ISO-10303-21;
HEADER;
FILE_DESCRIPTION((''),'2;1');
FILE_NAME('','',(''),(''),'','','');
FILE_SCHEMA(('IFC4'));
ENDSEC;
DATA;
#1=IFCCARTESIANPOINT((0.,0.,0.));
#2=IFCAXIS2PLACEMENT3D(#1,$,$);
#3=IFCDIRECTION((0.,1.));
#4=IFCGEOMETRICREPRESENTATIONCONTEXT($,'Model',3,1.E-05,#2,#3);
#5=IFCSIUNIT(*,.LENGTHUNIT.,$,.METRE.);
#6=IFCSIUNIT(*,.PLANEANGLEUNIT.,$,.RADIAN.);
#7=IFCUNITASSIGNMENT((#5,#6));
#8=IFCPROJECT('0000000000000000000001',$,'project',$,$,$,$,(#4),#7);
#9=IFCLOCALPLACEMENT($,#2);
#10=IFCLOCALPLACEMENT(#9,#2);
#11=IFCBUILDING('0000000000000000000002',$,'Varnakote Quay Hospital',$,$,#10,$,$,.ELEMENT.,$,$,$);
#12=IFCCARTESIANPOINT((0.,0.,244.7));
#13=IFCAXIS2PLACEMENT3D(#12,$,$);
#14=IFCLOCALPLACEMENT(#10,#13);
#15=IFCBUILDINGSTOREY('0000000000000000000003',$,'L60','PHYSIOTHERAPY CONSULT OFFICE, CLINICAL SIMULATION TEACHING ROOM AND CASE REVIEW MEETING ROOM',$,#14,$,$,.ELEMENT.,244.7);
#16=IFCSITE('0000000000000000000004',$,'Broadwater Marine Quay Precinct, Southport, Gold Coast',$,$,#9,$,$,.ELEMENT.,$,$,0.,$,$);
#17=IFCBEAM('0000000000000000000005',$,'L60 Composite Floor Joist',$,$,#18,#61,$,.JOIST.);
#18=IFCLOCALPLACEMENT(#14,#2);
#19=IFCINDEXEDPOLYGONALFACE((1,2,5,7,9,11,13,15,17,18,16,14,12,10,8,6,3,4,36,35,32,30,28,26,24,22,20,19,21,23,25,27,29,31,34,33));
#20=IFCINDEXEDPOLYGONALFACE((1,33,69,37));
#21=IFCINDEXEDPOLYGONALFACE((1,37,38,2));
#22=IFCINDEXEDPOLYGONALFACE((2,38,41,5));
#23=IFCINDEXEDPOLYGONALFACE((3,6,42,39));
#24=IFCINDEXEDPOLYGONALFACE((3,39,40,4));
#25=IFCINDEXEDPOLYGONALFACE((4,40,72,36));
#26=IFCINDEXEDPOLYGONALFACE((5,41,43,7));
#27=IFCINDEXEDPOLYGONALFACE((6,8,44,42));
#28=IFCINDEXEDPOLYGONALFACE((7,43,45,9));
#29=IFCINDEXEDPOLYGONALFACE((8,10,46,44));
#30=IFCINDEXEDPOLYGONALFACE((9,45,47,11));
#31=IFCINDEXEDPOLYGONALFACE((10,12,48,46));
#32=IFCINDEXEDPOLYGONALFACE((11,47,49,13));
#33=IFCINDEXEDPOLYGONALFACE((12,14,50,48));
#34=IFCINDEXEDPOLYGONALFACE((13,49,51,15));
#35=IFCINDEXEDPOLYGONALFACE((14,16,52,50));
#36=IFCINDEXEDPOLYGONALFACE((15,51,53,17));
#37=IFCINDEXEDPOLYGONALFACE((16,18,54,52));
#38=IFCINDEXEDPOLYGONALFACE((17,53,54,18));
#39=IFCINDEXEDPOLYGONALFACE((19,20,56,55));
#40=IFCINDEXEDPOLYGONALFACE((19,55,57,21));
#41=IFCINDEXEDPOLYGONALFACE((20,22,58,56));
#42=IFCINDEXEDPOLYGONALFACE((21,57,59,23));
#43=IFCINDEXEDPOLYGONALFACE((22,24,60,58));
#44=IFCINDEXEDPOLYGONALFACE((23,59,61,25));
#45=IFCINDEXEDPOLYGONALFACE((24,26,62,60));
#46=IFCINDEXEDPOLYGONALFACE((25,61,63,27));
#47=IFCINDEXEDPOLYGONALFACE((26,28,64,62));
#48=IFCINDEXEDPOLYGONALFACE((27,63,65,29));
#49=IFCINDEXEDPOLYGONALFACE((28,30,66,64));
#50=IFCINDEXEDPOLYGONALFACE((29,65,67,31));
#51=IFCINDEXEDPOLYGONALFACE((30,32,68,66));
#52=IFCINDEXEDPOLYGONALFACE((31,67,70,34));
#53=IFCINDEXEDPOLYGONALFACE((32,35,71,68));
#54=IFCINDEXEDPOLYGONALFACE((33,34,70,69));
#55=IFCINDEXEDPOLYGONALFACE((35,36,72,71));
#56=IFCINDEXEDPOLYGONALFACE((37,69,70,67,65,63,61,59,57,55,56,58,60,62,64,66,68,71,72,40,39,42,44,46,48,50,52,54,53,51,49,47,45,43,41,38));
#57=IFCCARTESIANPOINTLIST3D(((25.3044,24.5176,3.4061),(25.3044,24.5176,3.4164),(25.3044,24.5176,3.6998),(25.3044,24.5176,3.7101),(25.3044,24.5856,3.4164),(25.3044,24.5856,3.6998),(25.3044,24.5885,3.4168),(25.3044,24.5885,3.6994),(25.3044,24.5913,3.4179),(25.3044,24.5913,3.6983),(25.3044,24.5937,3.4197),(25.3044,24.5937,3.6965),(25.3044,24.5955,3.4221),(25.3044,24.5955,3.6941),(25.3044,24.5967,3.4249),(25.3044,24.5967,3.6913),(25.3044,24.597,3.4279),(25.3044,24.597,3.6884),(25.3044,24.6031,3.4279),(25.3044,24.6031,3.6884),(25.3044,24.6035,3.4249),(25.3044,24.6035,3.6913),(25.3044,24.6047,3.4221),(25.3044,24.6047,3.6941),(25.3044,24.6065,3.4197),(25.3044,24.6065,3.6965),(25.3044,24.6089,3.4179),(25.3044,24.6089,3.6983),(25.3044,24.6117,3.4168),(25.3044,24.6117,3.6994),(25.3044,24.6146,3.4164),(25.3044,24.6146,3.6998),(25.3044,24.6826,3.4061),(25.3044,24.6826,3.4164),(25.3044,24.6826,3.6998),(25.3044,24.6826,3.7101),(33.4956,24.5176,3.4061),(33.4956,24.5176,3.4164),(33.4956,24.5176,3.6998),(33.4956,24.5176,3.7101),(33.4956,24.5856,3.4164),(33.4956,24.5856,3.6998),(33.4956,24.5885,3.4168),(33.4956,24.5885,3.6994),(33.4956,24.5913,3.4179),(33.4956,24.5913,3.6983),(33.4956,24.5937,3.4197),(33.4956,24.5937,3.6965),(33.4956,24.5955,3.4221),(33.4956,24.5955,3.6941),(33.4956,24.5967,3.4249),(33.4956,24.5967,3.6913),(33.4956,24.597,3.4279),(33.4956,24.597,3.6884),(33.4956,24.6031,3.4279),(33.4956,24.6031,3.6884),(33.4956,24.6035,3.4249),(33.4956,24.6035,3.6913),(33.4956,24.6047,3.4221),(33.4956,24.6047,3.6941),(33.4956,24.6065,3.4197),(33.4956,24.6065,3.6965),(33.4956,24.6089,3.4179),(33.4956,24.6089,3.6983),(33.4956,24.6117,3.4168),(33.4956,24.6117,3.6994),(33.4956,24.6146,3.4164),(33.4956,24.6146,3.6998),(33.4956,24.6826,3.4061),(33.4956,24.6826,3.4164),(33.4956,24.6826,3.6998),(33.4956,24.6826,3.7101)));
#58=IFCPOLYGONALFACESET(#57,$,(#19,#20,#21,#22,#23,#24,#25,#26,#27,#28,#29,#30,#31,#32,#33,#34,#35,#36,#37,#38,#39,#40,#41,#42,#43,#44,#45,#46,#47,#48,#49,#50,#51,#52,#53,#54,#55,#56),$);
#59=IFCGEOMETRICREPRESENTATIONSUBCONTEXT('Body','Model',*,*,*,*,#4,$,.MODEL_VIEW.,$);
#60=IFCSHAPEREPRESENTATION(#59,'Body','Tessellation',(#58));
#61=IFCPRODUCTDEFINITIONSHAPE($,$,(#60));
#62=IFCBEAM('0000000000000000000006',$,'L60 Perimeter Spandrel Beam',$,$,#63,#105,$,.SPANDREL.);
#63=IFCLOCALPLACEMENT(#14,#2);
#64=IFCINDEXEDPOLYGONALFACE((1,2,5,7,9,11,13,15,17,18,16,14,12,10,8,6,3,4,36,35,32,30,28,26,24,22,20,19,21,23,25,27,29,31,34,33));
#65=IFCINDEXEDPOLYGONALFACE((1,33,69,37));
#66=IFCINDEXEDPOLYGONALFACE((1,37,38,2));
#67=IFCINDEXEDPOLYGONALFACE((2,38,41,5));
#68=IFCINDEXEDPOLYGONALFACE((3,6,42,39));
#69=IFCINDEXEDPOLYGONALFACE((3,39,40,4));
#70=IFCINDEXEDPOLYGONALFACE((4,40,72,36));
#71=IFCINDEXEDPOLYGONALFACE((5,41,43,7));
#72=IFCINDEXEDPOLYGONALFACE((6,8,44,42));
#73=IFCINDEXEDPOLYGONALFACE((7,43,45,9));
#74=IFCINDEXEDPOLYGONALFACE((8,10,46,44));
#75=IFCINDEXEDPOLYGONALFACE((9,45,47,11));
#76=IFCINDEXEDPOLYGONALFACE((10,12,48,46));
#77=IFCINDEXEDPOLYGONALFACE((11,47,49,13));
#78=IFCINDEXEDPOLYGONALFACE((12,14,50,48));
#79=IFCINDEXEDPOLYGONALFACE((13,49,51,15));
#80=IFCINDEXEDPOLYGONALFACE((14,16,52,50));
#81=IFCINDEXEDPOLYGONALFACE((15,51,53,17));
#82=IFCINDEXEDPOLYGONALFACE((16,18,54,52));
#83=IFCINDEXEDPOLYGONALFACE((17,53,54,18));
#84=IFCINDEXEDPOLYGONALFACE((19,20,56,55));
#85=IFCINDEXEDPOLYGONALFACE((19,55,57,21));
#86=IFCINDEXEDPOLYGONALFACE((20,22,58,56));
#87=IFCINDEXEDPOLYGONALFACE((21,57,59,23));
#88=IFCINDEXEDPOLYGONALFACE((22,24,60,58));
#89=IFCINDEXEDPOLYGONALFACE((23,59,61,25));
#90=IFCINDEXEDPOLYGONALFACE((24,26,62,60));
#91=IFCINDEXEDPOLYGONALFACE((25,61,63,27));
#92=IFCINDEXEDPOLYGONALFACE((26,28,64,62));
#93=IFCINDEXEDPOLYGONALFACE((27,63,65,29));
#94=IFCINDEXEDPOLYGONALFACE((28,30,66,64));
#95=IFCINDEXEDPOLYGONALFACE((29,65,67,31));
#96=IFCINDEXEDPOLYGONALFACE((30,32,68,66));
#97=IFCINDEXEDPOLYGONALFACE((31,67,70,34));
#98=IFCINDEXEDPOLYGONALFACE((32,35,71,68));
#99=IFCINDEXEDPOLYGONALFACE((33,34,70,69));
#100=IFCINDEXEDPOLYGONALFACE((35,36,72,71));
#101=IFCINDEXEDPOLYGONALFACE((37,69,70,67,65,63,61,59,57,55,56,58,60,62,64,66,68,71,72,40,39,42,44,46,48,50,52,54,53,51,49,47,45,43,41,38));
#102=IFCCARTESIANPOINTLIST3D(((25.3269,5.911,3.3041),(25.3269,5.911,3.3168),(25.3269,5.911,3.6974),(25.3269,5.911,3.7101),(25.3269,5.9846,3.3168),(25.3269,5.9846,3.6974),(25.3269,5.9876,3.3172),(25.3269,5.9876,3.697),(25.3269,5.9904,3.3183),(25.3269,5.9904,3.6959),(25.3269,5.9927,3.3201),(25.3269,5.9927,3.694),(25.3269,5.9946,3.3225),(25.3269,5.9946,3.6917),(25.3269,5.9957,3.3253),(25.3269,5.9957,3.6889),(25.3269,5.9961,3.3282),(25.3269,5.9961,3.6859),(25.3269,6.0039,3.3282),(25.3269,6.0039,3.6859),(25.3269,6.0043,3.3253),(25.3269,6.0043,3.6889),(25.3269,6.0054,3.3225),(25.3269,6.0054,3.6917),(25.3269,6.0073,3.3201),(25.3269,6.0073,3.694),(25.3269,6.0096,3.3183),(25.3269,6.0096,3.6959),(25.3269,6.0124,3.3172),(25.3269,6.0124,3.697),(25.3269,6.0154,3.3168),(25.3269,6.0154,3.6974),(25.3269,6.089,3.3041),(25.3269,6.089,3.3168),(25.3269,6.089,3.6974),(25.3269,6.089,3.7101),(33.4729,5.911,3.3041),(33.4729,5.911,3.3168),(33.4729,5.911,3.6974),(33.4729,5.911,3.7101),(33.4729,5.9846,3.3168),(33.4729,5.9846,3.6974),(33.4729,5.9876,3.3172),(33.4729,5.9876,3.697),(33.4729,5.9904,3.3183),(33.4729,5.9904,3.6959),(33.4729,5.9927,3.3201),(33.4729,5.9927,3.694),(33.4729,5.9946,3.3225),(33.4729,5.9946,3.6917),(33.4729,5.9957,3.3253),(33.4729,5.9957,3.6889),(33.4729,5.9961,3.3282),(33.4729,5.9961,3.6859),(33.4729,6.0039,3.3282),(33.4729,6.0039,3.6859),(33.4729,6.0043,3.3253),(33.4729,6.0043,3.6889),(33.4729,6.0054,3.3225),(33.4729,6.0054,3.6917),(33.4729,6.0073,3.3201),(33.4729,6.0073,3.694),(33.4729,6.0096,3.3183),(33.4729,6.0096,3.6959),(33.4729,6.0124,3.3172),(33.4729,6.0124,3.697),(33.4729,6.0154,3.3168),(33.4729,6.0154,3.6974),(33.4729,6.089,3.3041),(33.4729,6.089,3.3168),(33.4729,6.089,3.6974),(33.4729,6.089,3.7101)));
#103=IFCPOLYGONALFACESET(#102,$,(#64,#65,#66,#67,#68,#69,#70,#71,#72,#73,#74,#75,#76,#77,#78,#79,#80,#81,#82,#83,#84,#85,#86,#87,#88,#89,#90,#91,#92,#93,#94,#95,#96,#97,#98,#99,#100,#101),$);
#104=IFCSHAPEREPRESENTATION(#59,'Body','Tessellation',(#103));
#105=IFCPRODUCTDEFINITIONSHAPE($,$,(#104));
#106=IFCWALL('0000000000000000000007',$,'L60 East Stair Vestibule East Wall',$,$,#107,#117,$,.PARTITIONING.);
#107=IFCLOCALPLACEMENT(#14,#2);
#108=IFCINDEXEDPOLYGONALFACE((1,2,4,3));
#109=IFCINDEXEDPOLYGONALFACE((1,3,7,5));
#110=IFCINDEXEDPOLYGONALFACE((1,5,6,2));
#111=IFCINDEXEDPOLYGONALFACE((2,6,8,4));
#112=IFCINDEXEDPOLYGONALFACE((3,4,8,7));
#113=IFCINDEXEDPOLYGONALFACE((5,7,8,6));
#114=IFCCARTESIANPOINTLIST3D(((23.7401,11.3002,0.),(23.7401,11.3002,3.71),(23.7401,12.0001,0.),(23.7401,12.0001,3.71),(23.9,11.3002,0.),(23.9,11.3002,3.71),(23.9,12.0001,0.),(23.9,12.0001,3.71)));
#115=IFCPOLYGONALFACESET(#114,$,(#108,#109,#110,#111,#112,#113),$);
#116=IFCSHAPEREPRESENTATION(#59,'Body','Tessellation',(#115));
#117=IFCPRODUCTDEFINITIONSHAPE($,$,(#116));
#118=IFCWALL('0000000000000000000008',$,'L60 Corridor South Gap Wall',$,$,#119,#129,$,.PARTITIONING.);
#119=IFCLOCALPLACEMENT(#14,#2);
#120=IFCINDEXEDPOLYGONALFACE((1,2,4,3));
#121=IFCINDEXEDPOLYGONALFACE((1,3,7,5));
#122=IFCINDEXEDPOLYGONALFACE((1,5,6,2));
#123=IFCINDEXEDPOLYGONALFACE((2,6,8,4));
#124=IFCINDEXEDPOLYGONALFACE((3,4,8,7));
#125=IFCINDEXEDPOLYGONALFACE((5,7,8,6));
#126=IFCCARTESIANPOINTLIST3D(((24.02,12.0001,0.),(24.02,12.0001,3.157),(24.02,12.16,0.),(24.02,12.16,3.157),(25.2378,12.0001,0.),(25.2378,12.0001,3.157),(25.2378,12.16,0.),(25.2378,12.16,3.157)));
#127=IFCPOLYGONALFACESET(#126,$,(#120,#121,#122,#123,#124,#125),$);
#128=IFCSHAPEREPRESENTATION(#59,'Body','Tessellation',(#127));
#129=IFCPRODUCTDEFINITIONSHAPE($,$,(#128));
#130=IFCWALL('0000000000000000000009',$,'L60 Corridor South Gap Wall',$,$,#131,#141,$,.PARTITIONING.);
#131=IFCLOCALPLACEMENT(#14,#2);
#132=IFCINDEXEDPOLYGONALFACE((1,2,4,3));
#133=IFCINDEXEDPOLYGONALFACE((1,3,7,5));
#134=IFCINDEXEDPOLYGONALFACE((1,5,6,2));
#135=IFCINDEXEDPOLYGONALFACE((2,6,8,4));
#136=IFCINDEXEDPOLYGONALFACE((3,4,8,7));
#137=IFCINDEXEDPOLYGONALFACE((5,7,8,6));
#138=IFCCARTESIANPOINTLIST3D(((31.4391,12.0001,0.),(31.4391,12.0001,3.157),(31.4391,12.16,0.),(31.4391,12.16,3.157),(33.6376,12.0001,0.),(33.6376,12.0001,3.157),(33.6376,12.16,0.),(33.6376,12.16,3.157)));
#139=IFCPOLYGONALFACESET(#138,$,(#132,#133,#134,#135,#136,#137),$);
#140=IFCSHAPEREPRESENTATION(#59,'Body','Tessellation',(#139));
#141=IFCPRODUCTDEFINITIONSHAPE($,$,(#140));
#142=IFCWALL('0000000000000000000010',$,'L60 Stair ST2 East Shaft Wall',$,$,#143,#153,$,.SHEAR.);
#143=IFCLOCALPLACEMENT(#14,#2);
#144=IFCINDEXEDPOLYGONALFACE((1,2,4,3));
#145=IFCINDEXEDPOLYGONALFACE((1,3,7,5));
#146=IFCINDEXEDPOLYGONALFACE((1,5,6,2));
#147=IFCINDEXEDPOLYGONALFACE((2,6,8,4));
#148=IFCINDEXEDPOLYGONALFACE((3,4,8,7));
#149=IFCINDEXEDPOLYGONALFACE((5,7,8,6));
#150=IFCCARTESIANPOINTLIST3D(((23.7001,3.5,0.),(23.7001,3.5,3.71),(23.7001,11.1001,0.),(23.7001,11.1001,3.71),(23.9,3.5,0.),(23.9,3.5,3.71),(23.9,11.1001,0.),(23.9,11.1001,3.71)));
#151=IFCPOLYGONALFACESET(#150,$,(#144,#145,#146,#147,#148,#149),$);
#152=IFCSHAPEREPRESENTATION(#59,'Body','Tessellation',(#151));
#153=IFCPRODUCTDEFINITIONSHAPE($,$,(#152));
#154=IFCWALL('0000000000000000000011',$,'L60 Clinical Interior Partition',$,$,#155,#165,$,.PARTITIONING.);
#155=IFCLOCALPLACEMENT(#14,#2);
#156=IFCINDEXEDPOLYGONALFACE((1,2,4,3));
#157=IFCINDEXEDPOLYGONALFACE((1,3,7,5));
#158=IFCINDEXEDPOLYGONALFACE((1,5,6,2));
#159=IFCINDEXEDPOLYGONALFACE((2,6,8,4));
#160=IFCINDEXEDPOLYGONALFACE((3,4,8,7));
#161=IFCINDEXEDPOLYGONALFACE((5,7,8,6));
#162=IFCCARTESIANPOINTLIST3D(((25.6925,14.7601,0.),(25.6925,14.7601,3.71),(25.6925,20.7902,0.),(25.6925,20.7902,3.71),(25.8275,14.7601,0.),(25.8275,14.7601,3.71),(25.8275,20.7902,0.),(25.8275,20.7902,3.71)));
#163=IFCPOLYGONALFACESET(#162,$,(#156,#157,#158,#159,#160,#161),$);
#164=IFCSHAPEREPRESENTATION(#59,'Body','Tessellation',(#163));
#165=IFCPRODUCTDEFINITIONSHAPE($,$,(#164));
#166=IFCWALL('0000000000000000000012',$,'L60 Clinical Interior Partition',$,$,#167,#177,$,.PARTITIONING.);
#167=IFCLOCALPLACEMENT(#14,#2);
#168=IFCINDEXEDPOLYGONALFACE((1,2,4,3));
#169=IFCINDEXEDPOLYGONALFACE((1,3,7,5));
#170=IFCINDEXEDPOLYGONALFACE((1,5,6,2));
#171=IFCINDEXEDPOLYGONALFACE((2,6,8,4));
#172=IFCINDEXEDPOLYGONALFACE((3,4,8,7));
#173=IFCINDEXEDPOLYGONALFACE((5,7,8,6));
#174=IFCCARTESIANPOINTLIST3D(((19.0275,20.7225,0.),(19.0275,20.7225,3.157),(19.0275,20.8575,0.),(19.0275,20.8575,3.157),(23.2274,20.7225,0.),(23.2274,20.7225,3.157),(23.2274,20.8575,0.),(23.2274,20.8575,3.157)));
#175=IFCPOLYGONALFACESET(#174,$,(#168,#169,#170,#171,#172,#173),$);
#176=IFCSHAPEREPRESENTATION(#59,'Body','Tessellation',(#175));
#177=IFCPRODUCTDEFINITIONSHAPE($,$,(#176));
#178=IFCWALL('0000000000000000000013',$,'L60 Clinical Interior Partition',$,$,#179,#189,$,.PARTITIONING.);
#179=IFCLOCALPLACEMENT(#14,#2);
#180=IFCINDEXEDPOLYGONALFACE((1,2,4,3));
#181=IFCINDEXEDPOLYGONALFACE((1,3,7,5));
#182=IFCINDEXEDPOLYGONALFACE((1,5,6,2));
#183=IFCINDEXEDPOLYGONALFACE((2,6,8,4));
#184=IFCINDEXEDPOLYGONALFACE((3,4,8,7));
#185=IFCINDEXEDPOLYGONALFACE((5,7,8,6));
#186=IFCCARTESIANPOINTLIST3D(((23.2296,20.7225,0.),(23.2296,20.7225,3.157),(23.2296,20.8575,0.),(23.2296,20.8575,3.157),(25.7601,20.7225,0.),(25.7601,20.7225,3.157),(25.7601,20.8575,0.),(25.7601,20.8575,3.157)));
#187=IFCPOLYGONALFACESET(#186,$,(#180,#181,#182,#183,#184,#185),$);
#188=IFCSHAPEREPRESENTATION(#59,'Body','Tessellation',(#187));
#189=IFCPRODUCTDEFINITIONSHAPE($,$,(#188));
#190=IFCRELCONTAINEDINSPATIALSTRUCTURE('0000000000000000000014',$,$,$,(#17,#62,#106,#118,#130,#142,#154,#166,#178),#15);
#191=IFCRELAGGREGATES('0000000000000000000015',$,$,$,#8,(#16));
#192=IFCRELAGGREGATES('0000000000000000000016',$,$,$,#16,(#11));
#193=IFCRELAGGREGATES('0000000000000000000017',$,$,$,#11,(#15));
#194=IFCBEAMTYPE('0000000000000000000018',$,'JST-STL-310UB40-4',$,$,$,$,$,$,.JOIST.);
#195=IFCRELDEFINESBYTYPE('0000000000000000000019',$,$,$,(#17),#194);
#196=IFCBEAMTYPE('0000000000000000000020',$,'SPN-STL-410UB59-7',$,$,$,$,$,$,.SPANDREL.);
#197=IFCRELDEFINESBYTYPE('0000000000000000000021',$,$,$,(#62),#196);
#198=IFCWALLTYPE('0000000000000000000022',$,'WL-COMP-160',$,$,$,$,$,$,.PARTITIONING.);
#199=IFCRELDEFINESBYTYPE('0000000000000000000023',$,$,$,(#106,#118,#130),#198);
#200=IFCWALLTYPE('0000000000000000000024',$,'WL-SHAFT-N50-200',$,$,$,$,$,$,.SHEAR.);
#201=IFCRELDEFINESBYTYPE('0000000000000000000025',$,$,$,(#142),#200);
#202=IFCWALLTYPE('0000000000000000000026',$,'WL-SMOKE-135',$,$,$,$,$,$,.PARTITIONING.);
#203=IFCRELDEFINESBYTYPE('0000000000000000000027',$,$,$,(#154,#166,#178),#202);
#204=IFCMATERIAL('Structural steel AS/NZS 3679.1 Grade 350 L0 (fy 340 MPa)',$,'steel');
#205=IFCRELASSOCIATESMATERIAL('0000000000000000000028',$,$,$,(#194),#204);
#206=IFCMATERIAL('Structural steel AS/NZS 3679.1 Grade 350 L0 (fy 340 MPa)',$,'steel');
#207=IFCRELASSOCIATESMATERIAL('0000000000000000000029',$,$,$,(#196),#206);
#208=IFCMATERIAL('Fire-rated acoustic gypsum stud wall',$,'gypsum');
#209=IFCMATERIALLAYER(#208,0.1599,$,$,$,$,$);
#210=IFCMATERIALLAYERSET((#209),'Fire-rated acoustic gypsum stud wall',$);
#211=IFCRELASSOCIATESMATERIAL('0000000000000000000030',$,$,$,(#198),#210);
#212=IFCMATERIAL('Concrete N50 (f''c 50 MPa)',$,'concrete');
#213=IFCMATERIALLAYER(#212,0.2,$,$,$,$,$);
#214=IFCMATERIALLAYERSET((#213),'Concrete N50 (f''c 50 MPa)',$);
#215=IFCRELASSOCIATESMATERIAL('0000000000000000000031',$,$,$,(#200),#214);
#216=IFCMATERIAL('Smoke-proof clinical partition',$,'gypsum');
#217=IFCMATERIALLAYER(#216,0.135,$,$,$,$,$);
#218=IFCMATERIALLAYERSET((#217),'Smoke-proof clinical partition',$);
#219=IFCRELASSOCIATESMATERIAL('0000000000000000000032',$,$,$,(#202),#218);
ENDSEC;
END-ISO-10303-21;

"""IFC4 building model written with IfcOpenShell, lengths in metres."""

from ifc_helpers import new_model, si_unit, direction, frame, frame_2d, origin, origin_2d, place, context, subcontext, project, spatial, rectangle, i_section, extrude, material, layer, layer_set, material_profile, profile_set, type_object, element, save


model = new_model("IFC4")

# Units and contexts
model_context = context("Model", 3, precision=1e-05, world=origin(), true_north=direction((0.0, 1.0)))
body_context = subcontext(model_context, "Body", "Model", "MODEL_VIEW")
ifc_project = project(units=[si_unit("LENGTHUNIT", "METRE"), si_unit("PLANEANGLEUNIT", "RADIAN")], contexts=[model_context])

# Site, building, storey
site_placement = place(None, origin())
site = spatial("IfcSite", under=ifc_project, at=site_placement, Name="Broadwater Marine Quay Precinct, Southport, Gold Coast", CompositionType="ELEMENT", RefElevation=0.0)
building_placement = place(site_placement, origin())
building = spatial("IfcBuilding", under=site, at=building_placement, Name="Varnakote Quay Hospital", CompositionType="ELEMENT")
storey_placement = place(building_placement, frame((0.0, 0.0, 244.7)))
storey = spatial("IfcBuildingStorey", under=building, at=storey_placement, Name="L60", Description="PHYSIOTHERAPY CONSULT OFFICE, CLINICAL SIMULATION TEACHING ROOM AND CASE REVIEW MEETING ROOM", CompositionType="ELEMENT", Elevation=244.7)

# Beams
ifc_material_1 = material(Name="Structural steel AS/NZS 3679.1 Grade 350 L0 (fy 340 MPa)", Category="steel")
ifc_material_profile_1 = material_profile(ifc_material_1, i_section(OverallWidth=0.165, OverallDepth=0.304, WebThickness=0.0061, FlangeThickness=0.0103, FilletRadius=0.0115, at=origin_2d()), Name="310UB40.4")
ifc_profile_set_1 = profile_set([ifc_material_profile_1], Name="Structural steel AS/NZS 3679.1 Grade 350 L0 (fy 340 MPa)")
beam_type_1 = type_object("IfcBeamType", Name="JST-STL-310UB40-4", PredefinedType="JOIST", material=ifc_profile_set_1)
for number, where, z_axis, x_axis, name in (
    (1, (25.3044, 24.6001, 3.5581), (1.0, 0.0, 0.0), (0.0, 1.0, 0.0), "L60 Composite Floor Joist"),
):
    element("IfcBeam", number, at=place(storey_placement, frame(where, z_axis=z_axis, x_axis=x_axis)), inside=storey, type_object=beam_type_1, Name=name, PredefinedType="JOIST", context=body_context, shape_type="SweptSolid", body=[
        extrude(i_section(OverallWidth=0.165, OverallDepth=0.304, WebThickness=0.0061, FlangeThickness=0.0103, FilletRadius=0.0115, at=origin_2d()), origin(), (0.0, 0.0, 1.0), 8.1912),
    ])
ifc_material_2 = material(Name="Structural steel AS/NZS 3679.1 Grade 350 L0 (fy 340 MPa)", Category="steel")
ifc_material_profile_2 = material_profile(ifc_material_2, i_section(OverallWidth=0.178, OverallDepth=0.406, WebThickness=0.0078, FlangeThickness=0.0127, FilletRadius=0.0115, at=origin_2d()), Name="410UB59.7")
ifc_profile_set_2 = profile_set([ifc_material_profile_2], Name="Structural steel AS/NZS 3679.1 Grade 350 L0 (fy 340 MPa)")
beam_type_2 = type_object("IfcBeamType", Name="SPN-STL-410UB59-7", PredefinedType="SPANDREL", material=ifc_profile_set_2)
beam_1_placement = place(storey_placement, frame((25.3269, 6.0, 3.5071), z_axis=(1.0, 0.0, 0.0), x_axis=(0.0, 1.0, 0.0)))
element("IfcBeam", 2, at=beam_1_placement, inside=storey, type_object=beam_type_2, Name="L60 Perimeter Spandrel Beam", PredefinedType="SPANDREL", context=body_context, shape_type="SweptSolid", body=[
    extrude(i_section(OverallWidth=0.178, OverallDepth=0.406, WebThickness=0.0078, FlangeThickness=0.0127, FilletRadius=0.0115, at=origin_2d()), origin(), (0.0, 0.0, 1.0), 8.146),
])

# Walls
ifc_material_3 = material(Name="Fire-rated acoustic gypsum stud wall", Category="gypsum")
ifc_layer_1 = layer(ifc_material_3, 0.1599)
ifc_layer_set_1 = layer_set([ifc_layer_1], Name="Fire-rated acoustic gypsum stud wall")
wall_type_1 = type_object("IfcWallType", Name="WL-COMP-160", PredefinedType="PARTITIONING", material=ifc_layer_set_1)
wall_1_placement = place(storey_placement, frame((23.8201, 11.3, 0.0), z_axis=(0.0, 0.0, 1.0), x_axis=(0.0, 1.0, 0.0)))
element("IfcWall", 3, at=wall_1_placement, inside=storey, type_object=wall_type_1, Name="L60 East Stair Vestibule East Wall", PredefinedType="PARTITIONING", context=body_context, shape_type="SweptSolid", body=[
    extrude(rectangle(XDim=0.7, YDim=0.1599, at=frame_2d((0.3501, 0.0))), origin(), (0.0, 0.0, 1.0), 3.71),
])
wall_2_placement = place(storey_placement, frame((24.02, 12.0801, 0.0), z_axis=(0.0, 0.0, 1.0), x_axis=(1.0, 0.0, 0.0)))
element("IfcWall", 4, at=wall_2_placement, inside=storey, type_object=wall_type_1, Name="L60 Corridor South Gap Wall", PredefinedType="PARTITIONING", context=body_context, shape_type="SweptSolid", body=[
    extrude(rectangle(XDim=1.2178, YDim=0.1599, at=frame_2d((0.6089, 0.0))), origin(), (0.0, 0.0, 1.0), 3.157),
])
wall_3_placement = place(storey_placement, frame((31.4392, 12.0801, 0.0), z_axis=(0.0, 0.0, 1.0), x_axis=(1.0, 0.0, 0.0)))
element("IfcWall", 5, at=wall_3_placement, inside=storey, type_object=wall_type_1, Name="L60 Corridor South Gap Wall", PredefinedType="PARTITIONING", context=body_context, shape_type="SweptSolid", body=[
    extrude(rectangle(XDim=2.1985, YDim=0.1599, at=frame_2d((1.0991, 0.0))), origin(), (0.0, 0.0, 1.0), 3.157),
])
ifc_material_4 = material(Name="Concrete N50 (f'c 50 MPa)", Category="concrete")
ifc_layer_2 = layer(ifc_material_4, 0.2)
ifc_layer_set_2 = layer_set([ifc_layer_2], Name="Concrete N50 (f'c 50 MPa)")
wall_type_2 = type_object("IfcWallType", Name="WL-SHAFT-N50-200", PredefinedType="SHEAR", material=ifc_layer_set_2)
wall_4_placement = place(storey_placement, frame((23.8, 3.5, 0.0), z_axis=(0.0, 0.0, 1.0), x_axis=(0.0, 1.0, 0.0)))
element("IfcWall", 6, at=wall_4_placement, inside=storey, type_object=wall_type_2, Name="L60 Stair ST2 East Shaft Wall", PredefinedType="SHEAR", context=body_context, shape_type="SweptSolid", body=[
    extrude(rectangle(XDim=7.6001, YDim=0.2, at=frame_2d((3.8, 0.0))), origin(), (0.0, 0.0, 1.0), 3.71),
])
ifc_material_5 = material(Name="Smoke-proof clinical partition", Category="gypsum")
ifc_layer_3 = layer(ifc_material_5, 0.135)
ifc_layer_set_3 = layer_set([ifc_layer_3], Name="Smoke-proof clinical partition")
wall_type_3 = type_object("IfcWallType", Name="WL-SMOKE-135", PredefinedType="PARTITIONING", material=ifc_layer_set_3)
wall_5_placement = place(storey_placement, frame((25.76, 14.76, 0.0), z_axis=(0.0, 0.0, 1.0), x_axis=(0.0, 1.0, 0.0)))
element("IfcWall", 7, at=wall_5_placement, inside=storey, type_object=wall_type_3, Name="L60 Clinical Interior Partition", PredefinedType="PARTITIONING", context=body_context, shape_type="SweptSolid", body=[
    extrude(rectangle(XDim=6.03, YDim=0.135, at=frame_2d((3.0151, 0.0))), origin(), (0.0, 0.0, 1.0), 3.71),
])
wall_6_placement = place(storey_placement, frame((23.2275, 20.79, 0.0), z_axis=(0.0, 0.0, 1.0), x_axis=(-1.0, 0.0, 0.0)))
element("IfcWall", 8, at=wall_6_placement, inside=storey, type_object=wall_type_3, Name="L60 Clinical Interior Partition", PredefinedType="PARTITIONING", context=body_context, shape_type="SweptSolid", body=[
    extrude(rectangle(XDim=4.2, YDim=0.135, at=frame_2d((2.1001, 0.0))), origin(), (0.0, 0.0, 1.0), 3.157),
])
wall_7_placement = place(storey_placement, frame((25.76, 20.79, 0.0), z_axis=(0.0, 0.0, 1.0), x_axis=(-1.0, 0.0, 0.0)))
element("IfcWall", 9, at=wall_7_placement, inside=storey, type_object=wall_type_3, Name="L60 Clinical Interior Partition", PredefinedType="PARTITIONING", context=body_context, shape_type="SweptSolid", body=[
    extrude(rectangle(XDim=2.5305, YDim=0.135, at=frame_2d((1.2651, 0.0))), origin(), (0.0, 0.0, 1.0), 3.157),
])

save(model, "model.ifc")
